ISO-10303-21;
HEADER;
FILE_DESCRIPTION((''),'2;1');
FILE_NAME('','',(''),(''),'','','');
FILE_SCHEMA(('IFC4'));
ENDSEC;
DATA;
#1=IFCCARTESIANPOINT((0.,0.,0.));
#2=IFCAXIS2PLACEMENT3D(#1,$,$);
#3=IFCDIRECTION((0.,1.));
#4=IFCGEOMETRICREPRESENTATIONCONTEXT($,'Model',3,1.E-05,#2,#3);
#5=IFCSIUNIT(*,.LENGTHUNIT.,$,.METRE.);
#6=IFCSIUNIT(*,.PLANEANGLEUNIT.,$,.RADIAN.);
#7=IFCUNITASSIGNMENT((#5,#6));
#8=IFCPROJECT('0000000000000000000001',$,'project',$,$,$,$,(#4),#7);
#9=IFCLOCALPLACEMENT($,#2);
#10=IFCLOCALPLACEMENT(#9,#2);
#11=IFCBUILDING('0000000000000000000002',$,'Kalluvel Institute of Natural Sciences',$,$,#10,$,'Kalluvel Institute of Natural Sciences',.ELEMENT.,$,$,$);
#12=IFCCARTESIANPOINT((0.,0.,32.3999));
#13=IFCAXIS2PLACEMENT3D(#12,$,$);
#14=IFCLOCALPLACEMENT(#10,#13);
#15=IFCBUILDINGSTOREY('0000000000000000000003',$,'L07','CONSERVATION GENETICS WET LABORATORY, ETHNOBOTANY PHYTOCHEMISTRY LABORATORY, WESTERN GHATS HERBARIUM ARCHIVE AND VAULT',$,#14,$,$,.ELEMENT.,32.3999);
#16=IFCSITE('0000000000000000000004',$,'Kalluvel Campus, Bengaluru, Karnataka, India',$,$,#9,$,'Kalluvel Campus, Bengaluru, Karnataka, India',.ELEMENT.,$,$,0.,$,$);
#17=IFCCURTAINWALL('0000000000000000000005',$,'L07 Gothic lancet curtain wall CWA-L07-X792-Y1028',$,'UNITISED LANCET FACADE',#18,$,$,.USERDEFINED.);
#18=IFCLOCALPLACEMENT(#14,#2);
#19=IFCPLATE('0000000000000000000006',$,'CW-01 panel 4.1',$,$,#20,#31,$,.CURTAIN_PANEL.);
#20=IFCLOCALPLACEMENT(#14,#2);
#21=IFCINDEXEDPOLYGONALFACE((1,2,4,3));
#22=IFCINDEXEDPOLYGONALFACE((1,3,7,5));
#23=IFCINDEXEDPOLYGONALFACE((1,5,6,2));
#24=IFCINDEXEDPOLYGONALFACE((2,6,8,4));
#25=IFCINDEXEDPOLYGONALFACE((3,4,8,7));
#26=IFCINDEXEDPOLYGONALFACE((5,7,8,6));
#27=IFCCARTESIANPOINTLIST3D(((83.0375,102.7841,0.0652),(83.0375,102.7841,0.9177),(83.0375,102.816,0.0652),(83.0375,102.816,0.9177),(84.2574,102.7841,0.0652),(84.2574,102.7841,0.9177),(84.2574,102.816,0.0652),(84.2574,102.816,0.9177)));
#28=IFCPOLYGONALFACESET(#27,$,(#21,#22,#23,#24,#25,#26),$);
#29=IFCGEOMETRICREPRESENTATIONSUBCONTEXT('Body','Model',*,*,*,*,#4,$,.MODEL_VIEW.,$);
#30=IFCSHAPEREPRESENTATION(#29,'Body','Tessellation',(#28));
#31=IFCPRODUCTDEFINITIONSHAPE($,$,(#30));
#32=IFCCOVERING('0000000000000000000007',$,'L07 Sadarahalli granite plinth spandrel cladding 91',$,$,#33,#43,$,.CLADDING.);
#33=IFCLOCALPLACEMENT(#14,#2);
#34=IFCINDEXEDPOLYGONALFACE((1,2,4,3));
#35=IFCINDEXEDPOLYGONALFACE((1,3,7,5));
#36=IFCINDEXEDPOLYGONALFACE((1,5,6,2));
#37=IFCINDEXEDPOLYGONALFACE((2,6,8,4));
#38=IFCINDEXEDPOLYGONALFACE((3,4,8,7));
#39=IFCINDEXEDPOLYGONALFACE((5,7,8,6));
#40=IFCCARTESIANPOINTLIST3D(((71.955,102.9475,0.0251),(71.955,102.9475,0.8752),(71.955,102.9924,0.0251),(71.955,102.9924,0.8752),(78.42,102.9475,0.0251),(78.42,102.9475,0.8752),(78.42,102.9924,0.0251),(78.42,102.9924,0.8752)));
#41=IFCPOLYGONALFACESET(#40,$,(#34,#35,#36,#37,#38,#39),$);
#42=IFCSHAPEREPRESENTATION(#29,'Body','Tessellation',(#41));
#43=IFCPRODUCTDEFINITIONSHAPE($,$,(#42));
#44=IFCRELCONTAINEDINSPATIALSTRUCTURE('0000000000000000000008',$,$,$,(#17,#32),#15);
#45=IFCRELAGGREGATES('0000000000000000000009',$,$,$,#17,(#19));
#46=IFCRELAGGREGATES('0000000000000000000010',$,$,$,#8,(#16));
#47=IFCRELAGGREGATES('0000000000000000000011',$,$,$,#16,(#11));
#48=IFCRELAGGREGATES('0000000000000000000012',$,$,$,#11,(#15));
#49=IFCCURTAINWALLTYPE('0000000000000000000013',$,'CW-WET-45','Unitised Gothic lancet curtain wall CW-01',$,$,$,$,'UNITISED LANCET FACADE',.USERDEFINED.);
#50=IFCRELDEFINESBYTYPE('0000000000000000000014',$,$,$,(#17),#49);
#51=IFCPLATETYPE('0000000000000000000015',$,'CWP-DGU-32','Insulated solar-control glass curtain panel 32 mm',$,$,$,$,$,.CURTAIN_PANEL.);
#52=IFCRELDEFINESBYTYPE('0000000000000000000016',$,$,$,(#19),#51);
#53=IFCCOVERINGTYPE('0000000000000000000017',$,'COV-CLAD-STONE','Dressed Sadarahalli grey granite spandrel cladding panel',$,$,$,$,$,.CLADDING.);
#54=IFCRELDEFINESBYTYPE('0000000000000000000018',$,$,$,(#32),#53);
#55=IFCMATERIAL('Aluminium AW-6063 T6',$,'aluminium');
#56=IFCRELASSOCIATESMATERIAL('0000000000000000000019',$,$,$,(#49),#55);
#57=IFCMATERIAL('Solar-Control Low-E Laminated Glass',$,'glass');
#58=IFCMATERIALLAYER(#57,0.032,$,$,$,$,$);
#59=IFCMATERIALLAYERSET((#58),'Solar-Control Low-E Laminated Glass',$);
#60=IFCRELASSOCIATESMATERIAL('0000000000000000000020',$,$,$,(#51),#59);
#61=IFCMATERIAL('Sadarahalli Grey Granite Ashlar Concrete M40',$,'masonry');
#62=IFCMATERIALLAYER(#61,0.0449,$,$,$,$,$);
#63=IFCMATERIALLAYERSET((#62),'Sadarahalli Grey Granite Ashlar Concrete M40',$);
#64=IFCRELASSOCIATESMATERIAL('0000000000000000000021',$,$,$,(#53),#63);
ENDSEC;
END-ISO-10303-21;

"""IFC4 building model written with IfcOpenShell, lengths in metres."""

from ifc_helpers import new_model, si_unit, direction, frame, origin, origin_2d, place, context, subcontext, project, spatial, rectangle, extrude, material, layer, layer_set, type_object, element, aggregate, save


model = new_model("IFC4")

# Units and contexts
model_context = context("Model", 3, precision=1e-05, world=origin(), true_north=direction((0.0, 1.0)))
body_context = subcontext(model_context, "Body", "Model", "MODEL_VIEW")
ifc_project = project(units=[si_unit("LENGTHUNIT", "METRE"), si_unit("PLANEANGLEUNIT", "RADIAN")], contexts=[model_context])

# Site, building, storey
site_placement = place(None, origin())
site = spatial("IfcSite", under=ifc_project, at=site_placement, Name="Kalluvel Campus, Bengaluru, Karnataka, India", LongName="Kalluvel Campus, Bengaluru, Karnataka, India", CompositionType="ELEMENT", RefElevation=0.0)
building_placement = place(site_placement, origin())
building = spatial("IfcBuilding", under=site, at=building_placement, Name="Kalluvel Institute of Natural Sciences", LongName="Kalluvel Institute of Natural Sciences", CompositionType="ELEMENT")
storey_placement = place(building_placement, frame((0.0, 0.0, 32.3999)))
storey = spatial("IfcBuildingStorey", under=building, at=storey_placement, Name="L07", Description="CONSERVATION GENETICS WET LABORATORY, ETHNOBOTANY PHYTOCHEMISTRY LABORATORY, WESTERN GHATS HERBARIUM ARCHIVE AND VAULT", CompositionType="ELEMENT", Elevation=32.3999)

# Curtain wall
ifc_material_1 = material(Name="Aluminium AW-6063 T6", Category="aluminium")
curtain_wall_type = type_object("IfcCurtainWallType", Name="CW-WET-45", Description="Unitised Gothic lancet curtain wall CW-01", ElementType="UNITISED LANCET FACADE", PredefinedType="USERDEFINED", material=ifc_material_1)
curtain_wall_placement = place(storey_placement, origin())
curtain_wall = element("IfcCurtainWall", 1, at=curtain_wall_placement, inside=storey, type_object=curtain_wall_type, Name="L07 Gothic lancet curtain wall CWA-L07-X792-Y1028", ObjectType="UNITISED LANCET FACADE", PredefinedType="USERDEFINED")

# Plate
ifc_material_2 = material(Name="Solar-Control Low-E Laminated Glass", Category="glass")
ifc_layer_1 = layer(ifc_material_2, 0.032)
ifc_layer_set_1 = layer_set([ifc_layer_1], Name="Solar-Control Low-E Laminated Glass")
plate_type = type_object("IfcPlateType", Name="CWP-DGU-32", Description="Insulated solar-control glass curtain panel 32 mm", PredefinedType="CURTAIN_PANEL", material=ifc_layer_set_1)
plate_1_placement = place(storey_placement, frame((83.6475, 102.8, 0.0652), z_axis=(0.0, 0.0, 1.0), x_axis=(1.0, 0.0, 0.0)))
plate_1 = element("IfcPlate", 2, at=plate_1_placement, type_object=plate_type, Name="CW-01 panel 4.1", PredefinedType="CURTAIN_PANEL", context=body_context, shape_type="SweptSolid", body=[
    extrude(rectangle(XDim=1.22, YDim=0.032, at=origin_2d()), origin(), (0.0, 0.0, 1.0), 0.8525),
])
aggregate(curtain_wall, [plate_1])

# Covering
ifc_material_3 = material(Name="Sadarahalli Grey Granite Ashlar Concrete M40", Category="masonry")
ifc_layer_2 = layer(ifc_material_3, 0.0449)
ifc_layer_set_2 = layer_set([ifc_layer_2], Name="Sadarahalli Grey Granite Ashlar Concrete M40")
covering_type = type_object("IfcCoveringType", Name="COV-CLAD-STONE", Description="Dressed Sadarahalli grey granite spandrel cladding panel", PredefinedType="CLADDING", material=ifc_layer_set_2)
covering_placement = place(storey_placement, frame((75.1875, 102.97, 0.0251), z_axis=(0.0, 0.0, 1.0), x_axis=(1.0, 0.0, 0.0)))
element("IfcCovering", 3, at=covering_placement, inside=storey, type_object=covering_type, Name="L07 Sadarahalli granite plinth spandrel cladding 91", PredefinedType="CLADDING", context=body_context, shape_type="SweptSolid", body=[
    extrude(rectangle(XDim=6.4651, YDim=0.0449, at=origin_2d()), origin(), (0.0, 0.0, 1.0), 0.8501),
])

save(model, "model.ifc")
